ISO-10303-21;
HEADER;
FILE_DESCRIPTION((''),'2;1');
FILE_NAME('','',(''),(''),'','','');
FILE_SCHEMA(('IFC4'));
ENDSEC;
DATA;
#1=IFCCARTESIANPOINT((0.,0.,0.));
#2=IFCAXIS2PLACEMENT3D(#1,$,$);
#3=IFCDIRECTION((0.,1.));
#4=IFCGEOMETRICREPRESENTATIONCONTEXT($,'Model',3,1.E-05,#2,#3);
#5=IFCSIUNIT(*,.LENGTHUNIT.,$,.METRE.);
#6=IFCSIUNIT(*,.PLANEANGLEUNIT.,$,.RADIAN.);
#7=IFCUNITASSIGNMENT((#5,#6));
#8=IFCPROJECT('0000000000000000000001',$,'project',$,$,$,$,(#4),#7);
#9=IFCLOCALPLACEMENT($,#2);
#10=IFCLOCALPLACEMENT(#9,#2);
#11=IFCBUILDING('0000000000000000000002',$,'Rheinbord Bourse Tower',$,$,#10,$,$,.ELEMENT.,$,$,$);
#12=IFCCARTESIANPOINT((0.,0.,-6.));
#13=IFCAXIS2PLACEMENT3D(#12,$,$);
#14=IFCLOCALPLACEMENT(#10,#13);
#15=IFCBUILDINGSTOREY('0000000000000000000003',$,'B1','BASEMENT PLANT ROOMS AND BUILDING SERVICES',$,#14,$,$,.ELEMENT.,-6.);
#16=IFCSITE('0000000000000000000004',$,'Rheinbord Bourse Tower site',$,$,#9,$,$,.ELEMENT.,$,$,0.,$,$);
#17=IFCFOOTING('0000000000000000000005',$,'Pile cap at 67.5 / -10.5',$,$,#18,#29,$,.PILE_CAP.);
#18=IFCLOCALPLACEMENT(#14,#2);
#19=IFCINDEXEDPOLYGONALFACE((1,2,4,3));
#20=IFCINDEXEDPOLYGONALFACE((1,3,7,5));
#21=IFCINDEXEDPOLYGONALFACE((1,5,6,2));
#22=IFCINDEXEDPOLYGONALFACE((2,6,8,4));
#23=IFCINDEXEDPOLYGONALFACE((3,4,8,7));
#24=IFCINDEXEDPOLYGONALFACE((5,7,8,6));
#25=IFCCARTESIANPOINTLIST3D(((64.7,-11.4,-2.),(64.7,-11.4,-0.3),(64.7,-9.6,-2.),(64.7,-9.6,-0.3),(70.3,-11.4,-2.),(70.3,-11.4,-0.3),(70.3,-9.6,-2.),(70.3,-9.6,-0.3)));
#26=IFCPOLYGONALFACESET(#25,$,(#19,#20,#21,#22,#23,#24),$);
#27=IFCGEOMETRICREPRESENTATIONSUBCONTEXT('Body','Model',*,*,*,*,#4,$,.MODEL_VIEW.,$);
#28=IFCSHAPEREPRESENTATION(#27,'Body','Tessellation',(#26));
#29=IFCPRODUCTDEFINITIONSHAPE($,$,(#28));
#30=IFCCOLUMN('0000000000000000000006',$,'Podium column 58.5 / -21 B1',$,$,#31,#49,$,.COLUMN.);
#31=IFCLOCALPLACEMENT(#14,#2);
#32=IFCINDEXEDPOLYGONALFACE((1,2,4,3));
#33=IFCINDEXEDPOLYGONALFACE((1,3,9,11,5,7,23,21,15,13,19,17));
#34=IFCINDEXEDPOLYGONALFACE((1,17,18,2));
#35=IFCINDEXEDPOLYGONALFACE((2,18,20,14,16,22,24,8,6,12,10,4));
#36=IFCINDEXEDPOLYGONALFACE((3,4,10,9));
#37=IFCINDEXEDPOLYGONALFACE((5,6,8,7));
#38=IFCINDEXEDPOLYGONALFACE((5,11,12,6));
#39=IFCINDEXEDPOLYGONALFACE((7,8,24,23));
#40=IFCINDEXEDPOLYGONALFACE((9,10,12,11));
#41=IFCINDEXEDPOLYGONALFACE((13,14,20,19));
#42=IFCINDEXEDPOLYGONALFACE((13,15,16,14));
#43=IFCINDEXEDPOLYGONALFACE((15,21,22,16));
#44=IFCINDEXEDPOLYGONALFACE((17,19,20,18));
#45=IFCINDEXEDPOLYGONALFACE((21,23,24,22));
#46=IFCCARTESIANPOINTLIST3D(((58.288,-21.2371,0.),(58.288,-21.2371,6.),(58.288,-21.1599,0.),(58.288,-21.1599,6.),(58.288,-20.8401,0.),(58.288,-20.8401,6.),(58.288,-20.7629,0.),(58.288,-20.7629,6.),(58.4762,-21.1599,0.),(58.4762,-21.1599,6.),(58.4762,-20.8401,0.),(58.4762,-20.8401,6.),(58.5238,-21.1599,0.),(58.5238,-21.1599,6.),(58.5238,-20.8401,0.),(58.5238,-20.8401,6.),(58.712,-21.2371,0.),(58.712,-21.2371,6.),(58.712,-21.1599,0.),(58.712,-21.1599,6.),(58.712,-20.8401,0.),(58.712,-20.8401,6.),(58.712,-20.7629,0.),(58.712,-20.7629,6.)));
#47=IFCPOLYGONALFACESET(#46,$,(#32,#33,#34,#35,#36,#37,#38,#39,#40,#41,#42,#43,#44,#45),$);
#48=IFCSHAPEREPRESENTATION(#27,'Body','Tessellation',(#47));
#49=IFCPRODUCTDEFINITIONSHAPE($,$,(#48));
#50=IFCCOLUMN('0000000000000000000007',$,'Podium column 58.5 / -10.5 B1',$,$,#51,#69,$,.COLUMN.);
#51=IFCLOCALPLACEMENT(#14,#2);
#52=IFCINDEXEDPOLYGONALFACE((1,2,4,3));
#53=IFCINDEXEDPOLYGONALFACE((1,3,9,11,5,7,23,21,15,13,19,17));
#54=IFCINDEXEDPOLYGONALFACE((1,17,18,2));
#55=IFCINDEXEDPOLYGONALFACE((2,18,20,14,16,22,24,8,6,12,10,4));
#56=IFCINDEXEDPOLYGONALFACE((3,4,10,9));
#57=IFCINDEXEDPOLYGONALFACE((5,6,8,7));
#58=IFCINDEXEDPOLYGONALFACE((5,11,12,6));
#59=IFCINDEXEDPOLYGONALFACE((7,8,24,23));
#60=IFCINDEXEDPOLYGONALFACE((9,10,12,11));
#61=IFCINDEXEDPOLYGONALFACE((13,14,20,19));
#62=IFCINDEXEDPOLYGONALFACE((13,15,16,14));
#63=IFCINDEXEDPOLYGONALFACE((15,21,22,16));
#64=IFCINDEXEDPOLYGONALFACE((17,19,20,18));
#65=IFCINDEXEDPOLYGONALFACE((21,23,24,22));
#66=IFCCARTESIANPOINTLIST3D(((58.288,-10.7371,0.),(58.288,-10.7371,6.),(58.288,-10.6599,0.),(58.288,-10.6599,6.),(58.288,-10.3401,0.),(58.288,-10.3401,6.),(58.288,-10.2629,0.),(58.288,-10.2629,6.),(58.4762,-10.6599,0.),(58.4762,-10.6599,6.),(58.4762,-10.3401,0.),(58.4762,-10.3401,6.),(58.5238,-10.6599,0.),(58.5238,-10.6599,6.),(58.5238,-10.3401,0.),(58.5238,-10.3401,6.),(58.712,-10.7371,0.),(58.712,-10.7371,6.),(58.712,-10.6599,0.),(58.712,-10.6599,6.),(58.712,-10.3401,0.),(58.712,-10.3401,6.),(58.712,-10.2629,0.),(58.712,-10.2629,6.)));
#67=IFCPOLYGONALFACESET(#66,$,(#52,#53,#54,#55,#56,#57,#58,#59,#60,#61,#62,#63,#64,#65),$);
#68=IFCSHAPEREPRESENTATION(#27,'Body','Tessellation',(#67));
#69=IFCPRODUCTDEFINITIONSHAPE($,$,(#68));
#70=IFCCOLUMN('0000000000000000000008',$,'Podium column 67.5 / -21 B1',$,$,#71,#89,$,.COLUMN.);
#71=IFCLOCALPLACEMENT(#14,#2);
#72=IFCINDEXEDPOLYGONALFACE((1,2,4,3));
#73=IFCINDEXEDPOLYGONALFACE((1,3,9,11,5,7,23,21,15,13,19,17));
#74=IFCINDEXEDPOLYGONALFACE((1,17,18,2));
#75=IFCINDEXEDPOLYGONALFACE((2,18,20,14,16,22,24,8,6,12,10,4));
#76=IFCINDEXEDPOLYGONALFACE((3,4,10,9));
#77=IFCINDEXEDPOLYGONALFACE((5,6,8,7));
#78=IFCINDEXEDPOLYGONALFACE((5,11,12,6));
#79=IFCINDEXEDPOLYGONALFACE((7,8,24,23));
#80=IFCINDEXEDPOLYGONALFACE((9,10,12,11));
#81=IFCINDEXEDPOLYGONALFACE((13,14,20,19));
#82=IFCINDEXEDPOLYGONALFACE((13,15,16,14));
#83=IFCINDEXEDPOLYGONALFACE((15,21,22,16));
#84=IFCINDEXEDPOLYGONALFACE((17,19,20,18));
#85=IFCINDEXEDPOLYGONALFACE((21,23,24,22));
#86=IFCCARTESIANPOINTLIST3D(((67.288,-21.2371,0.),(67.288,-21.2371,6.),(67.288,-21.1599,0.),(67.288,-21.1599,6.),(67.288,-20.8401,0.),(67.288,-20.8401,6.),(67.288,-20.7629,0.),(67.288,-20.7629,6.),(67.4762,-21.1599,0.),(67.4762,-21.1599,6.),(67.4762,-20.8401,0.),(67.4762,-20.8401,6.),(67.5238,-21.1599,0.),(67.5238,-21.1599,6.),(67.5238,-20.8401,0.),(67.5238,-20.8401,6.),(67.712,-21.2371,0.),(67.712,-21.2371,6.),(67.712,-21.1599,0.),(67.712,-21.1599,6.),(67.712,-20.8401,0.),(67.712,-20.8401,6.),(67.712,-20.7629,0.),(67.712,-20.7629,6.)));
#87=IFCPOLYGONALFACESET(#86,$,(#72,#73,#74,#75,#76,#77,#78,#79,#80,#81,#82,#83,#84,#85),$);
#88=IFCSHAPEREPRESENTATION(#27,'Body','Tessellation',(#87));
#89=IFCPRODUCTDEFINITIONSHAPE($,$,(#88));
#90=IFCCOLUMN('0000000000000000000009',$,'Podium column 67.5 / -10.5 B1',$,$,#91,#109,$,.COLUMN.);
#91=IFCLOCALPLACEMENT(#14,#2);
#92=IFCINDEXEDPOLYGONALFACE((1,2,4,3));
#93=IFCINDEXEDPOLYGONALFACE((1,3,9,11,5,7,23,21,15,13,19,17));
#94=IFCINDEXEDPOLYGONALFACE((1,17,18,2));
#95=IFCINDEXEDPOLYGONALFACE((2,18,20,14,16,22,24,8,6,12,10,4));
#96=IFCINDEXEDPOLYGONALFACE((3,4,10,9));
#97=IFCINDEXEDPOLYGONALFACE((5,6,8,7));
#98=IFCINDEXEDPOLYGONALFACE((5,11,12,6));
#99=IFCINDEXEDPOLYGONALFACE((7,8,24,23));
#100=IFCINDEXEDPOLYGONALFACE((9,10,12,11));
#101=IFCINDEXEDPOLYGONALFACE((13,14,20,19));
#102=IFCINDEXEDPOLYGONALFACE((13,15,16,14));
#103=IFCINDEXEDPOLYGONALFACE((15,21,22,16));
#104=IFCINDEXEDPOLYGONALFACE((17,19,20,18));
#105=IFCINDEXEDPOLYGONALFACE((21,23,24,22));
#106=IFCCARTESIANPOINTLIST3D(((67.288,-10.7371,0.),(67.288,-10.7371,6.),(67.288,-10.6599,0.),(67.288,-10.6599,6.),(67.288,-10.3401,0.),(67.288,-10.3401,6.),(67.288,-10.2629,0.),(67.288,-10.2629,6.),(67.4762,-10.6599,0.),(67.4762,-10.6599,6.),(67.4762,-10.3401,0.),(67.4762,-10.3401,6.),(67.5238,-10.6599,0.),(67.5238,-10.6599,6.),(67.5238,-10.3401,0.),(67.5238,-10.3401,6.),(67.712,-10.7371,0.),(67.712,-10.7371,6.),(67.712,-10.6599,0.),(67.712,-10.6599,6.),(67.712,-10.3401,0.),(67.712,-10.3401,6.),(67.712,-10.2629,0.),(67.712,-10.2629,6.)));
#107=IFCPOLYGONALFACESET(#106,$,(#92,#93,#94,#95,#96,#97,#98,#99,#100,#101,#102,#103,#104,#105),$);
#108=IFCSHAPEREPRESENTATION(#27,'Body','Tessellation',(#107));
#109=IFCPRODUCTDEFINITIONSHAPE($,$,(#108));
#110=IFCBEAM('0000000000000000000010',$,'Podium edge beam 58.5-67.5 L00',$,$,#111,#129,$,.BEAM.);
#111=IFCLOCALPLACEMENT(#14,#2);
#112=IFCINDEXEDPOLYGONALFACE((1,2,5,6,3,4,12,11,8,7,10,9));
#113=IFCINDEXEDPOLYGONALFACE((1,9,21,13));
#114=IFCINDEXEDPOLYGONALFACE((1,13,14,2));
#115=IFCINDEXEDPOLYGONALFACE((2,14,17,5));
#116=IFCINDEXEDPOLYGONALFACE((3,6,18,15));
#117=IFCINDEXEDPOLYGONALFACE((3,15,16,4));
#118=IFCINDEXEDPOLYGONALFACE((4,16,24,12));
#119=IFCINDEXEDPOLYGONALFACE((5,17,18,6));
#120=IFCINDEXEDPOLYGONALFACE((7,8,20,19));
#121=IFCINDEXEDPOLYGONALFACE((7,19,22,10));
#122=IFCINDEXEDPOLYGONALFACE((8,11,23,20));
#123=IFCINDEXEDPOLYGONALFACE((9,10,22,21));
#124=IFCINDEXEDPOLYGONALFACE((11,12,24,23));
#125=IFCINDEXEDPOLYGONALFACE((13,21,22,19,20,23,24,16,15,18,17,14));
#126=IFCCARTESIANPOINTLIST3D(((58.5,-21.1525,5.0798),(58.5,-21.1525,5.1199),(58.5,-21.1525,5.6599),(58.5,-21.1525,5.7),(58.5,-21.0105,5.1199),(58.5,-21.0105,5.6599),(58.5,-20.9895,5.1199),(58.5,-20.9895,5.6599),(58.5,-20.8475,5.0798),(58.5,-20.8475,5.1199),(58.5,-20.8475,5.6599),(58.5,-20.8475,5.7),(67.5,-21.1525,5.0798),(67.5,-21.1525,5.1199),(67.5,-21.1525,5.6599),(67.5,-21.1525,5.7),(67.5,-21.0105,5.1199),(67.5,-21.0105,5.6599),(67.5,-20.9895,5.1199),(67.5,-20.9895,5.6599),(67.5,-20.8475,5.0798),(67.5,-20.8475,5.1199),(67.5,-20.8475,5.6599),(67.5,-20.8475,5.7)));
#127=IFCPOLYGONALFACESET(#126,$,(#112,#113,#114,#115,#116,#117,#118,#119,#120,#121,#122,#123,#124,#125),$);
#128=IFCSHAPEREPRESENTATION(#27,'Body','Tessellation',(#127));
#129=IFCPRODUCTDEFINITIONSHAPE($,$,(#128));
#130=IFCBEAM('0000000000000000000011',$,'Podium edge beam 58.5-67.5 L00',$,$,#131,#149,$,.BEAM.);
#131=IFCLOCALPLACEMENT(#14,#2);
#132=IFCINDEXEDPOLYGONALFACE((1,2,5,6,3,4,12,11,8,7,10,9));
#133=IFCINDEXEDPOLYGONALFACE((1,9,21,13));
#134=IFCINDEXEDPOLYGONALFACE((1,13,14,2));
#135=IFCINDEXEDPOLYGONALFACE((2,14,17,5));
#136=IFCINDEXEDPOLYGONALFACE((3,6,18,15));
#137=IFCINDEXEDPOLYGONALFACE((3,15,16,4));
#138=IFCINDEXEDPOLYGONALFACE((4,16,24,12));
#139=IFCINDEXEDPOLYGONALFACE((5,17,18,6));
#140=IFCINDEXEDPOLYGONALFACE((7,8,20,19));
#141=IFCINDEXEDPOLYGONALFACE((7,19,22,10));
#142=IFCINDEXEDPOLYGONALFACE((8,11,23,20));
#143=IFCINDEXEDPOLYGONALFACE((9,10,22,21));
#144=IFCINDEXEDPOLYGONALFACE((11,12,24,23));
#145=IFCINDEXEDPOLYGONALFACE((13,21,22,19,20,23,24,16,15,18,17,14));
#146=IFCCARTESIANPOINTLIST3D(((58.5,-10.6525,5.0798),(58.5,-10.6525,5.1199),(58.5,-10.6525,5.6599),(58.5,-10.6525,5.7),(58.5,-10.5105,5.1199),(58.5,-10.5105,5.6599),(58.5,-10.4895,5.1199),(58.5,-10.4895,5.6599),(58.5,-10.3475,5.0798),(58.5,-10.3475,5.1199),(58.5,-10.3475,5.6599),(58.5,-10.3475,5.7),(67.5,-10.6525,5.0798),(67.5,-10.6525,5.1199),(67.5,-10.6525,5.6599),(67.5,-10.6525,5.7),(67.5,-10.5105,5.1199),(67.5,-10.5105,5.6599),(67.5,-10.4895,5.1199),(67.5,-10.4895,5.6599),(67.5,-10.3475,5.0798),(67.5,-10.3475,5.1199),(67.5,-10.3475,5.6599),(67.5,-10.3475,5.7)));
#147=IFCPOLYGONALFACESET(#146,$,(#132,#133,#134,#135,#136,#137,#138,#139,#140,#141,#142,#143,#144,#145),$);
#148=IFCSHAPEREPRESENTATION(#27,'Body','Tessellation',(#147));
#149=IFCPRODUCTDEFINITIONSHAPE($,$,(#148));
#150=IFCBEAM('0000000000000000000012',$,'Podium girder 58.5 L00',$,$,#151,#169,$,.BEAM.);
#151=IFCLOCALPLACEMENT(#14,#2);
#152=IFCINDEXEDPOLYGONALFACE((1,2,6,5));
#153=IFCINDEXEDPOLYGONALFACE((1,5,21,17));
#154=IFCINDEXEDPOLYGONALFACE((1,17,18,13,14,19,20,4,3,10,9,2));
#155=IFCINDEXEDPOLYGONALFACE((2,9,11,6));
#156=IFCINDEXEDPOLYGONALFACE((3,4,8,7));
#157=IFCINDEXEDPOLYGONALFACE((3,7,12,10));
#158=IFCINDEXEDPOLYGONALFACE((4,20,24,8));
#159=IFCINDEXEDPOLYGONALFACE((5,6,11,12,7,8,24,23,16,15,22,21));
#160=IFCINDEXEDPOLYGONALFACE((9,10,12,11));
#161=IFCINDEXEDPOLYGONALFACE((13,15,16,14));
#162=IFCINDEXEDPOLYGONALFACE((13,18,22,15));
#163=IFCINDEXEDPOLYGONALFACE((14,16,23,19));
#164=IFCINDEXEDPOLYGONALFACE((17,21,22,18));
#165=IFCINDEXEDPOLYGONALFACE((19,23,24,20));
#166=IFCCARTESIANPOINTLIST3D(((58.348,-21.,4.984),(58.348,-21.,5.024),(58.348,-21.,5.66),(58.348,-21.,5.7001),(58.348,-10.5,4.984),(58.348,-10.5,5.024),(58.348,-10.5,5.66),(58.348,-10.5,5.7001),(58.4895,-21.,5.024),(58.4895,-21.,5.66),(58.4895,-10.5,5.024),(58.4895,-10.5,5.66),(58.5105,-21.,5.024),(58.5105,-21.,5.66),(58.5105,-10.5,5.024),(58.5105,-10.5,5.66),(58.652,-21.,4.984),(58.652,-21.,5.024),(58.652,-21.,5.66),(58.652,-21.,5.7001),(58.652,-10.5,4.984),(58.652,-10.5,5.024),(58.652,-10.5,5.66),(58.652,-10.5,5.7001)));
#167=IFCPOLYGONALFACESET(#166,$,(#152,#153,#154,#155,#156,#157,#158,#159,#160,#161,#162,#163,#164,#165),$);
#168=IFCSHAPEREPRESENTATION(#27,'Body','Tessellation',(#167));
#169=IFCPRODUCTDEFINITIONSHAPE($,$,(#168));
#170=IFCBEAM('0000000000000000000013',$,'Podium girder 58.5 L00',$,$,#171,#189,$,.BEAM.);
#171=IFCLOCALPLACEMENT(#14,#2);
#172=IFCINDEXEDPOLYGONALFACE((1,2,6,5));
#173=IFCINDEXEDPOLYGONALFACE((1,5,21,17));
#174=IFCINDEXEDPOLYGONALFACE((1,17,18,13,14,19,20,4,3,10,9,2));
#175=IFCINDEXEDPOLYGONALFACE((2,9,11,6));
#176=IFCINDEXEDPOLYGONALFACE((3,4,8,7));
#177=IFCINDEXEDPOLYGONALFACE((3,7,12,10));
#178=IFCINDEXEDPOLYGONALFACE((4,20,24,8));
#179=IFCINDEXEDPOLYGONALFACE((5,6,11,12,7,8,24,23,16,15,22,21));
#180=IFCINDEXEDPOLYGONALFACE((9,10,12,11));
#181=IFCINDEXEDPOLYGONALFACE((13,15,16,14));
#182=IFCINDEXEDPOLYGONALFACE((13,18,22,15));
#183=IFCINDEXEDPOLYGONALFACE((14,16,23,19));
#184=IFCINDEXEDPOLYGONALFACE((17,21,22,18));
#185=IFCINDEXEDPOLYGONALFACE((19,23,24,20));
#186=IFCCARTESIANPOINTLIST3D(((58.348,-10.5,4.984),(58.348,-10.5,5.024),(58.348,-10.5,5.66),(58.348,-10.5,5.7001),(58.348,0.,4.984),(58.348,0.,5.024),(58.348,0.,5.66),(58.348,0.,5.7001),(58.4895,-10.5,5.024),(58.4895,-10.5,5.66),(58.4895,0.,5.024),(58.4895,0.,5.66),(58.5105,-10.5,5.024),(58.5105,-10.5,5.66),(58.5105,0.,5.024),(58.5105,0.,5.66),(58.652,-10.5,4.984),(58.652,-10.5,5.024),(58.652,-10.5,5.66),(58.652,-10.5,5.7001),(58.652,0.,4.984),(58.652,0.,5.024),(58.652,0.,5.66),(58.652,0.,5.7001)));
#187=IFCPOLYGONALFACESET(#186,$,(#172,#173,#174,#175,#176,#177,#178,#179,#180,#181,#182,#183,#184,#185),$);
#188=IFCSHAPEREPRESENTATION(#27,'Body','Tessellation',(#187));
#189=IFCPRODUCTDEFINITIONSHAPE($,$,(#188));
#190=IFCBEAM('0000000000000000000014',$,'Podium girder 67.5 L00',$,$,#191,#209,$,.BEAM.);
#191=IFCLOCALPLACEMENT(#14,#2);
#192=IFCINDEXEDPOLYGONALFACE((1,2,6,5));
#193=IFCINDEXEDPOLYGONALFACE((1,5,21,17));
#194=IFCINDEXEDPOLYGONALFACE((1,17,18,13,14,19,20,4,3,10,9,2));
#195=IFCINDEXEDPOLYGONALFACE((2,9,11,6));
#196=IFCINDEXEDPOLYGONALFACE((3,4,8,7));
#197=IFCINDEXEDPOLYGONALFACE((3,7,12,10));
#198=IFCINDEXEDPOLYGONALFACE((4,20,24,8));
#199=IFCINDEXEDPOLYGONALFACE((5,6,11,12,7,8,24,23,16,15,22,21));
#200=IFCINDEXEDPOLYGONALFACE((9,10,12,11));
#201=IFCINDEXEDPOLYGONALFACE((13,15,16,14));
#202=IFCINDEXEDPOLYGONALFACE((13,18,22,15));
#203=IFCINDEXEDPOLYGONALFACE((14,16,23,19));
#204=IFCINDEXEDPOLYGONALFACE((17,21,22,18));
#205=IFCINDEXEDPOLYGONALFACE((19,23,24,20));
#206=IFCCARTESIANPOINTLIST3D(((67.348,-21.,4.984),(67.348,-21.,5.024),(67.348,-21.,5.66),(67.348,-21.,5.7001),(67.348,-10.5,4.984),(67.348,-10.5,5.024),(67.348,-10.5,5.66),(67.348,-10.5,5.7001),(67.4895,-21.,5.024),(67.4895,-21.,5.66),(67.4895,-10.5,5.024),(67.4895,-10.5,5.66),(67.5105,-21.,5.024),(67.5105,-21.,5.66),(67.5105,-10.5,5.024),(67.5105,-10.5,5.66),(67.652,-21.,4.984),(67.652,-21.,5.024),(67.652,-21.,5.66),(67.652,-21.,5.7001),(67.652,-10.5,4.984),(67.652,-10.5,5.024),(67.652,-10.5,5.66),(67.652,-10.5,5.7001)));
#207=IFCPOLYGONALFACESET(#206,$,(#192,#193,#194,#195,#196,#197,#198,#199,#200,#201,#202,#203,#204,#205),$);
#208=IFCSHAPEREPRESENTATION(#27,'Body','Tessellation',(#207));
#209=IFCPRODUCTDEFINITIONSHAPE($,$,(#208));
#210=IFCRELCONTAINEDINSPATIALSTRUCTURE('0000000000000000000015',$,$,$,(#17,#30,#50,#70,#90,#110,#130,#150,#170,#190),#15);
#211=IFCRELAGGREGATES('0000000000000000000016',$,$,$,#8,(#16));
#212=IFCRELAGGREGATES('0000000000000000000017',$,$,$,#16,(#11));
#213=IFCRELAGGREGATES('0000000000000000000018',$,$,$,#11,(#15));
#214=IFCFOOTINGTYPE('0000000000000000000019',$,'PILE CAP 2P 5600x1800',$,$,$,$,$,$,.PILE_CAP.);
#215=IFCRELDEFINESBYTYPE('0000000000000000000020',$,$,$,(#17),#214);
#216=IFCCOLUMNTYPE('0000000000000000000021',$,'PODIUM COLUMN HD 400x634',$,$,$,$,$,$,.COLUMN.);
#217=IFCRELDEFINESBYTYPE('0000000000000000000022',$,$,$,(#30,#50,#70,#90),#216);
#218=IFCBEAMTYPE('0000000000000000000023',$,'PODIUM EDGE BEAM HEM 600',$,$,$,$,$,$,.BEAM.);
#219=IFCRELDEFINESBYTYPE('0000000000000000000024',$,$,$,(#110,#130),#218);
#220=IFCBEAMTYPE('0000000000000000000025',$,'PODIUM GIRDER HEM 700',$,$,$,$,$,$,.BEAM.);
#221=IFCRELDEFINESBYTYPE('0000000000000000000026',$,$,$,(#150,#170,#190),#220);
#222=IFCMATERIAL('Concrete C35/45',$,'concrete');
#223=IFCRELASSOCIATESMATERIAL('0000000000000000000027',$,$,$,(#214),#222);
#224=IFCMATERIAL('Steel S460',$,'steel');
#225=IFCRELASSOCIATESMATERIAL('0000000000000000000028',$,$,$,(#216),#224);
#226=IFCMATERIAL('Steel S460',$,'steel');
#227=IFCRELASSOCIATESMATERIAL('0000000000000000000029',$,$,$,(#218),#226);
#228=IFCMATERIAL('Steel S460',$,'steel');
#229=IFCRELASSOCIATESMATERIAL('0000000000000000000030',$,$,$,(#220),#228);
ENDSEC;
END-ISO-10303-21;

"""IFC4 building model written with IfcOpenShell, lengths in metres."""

from ifc_helpers import new_model, si_unit, direction, frame, origin, origin_2d, place, context, subcontext, project, spatial, rectangle, i_section, extrude, material, material_profile, profile_set, type_object, element, save


model = new_model("IFC4")

# Units and contexts
model_context = context("Model", 3, precision=1e-05, world=origin(), true_north=direction((0.0, 1.0)))
body_context = subcontext(model_context, "Body", "Model", "MODEL_VIEW")
ifc_project = project(units=[si_unit("LENGTHUNIT", "METRE"), si_unit("PLANEANGLEUNIT", "RADIAN")], contexts=[model_context])

# Site, building, storey
site_placement = place(None, origin())
site = spatial("IfcSite", under=ifc_project, at=site_placement, Name="Rheinbord Bourse Tower site", CompositionType="ELEMENT", RefElevation=0.0)
building_placement = place(site_placement, origin())
building = spatial("IfcBuilding", under=site, at=building_placement, Name="Rheinbord Bourse Tower", CompositionType="ELEMENT")
storey_placement = place(building_placement, frame((0.0, 0.0, -6.0)))
storey = spatial("IfcBuildingStorey", under=building, at=storey_placement, Name="B1", Description="BASEMENT PLANT ROOMS AND BUILDING SERVICES", CompositionType="ELEMENT", Elevation=-6.0)

# Footing
ifc_material_1 = material(Name="Concrete C35/45", Category="concrete")
footing_type = type_object("IfcFootingType", Name="PILE CAP 2P 5600x1800", PredefinedType="PILE_CAP", material=ifc_material_1)
for number, where, z_axis, x_axis, name in (
    (1, (67.5, -10.5, -2.0), (0.0, 0.0, 1.0), (1.0, 0.0, 0.0), "Pile cap at 67.5 / -10.5"),
):
    element("IfcFooting", number, at=place(storey_placement, frame(where, z_axis=z_axis, x_axis=x_axis)), inside=storey, type_object=footing_type, Name=name, PredefinedType="PILE_CAP", context=body_context, shape_type="SweptSolid", body=[
        extrude(rectangle(XDim=5.6001, YDim=1.8, at=origin_2d()), origin(), (0.0, 0.0, 1.0), 1.7),
    ])

# Columns
ifc_material_2 = material(Name="Steel S460", Category="steel")
ifc_material_profile_1 = material_profile(ifc_material_2, i_section(OverallWidth=0.4241, OverallDepth=0.4741, WebThickness=0.0476, FlangeThickness=0.0771, at=origin_2d()), Name="HD 400x634")
ifc_profile_set_1 = profile_set([ifc_material_profile_1], Name="Steel S460")
column_type = type_object("IfcColumnType", Name="PODIUM COLUMN HD 400x634", PredefinedType="COLUMN", material=ifc_profile_set_1)
for number, where, z_axis, x_axis, name in (
    (2, (58.5, -21.0, 0.0), (0.0, 0.0, 1.0), (1.0, 0.0, 0.0), "Podium column 58.5 / -21 B1"),
    (3, (58.5, -10.5, 0.0), (0.0, 0.0, 1.0), (1.0, 0.0, 0.0), "Podium column 58.5 / -10.5 B1"),
    (4, (67.5, -21.0, 0.0), (0.0, 0.0, 1.0), (1.0, 0.0, 0.0), "Podium column 67.5 / -21 B1"),
    (5, (67.5, -10.5, 0.0), (0.0, 0.0, 1.0), (1.0, 0.0, 0.0), "Podium column 67.5 / -10.5 B1"),
):
    element("IfcColumn", number, at=place(storey_placement, frame(where, z_axis=z_axis, x_axis=x_axis)), inside=storey, type_object=column_type, Name=name, PredefinedType="COLUMN", context=body_context, shape_type="SweptSolid", body=[
        extrude(i_section(OverallWidth=0.4241, OverallDepth=0.4741, WebThickness=0.0476, FlangeThickness=0.0771, at=origin_2d()), origin(), (0.0, 0.0, 1.0), 6.0),
    ])

# Beams
ifc_material_3 = material(Name="Steel S460", Category="steel")
ifc_material_profile_2 = material_profile(ifc_material_3, i_section(OverallWidth=0.3049, OverallDepth=0.6201, WebThickness=0.021, FlangeThickness=0.04, at=origin_2d()), Name="HEM 600")
ifc_profile_set_2 = profile_set([ifc_material_profile_2], Name="Steel S460")
beam_type_1 = type_object("IfcBeamType", Name="PODIUM EDGE BEAM HEM 600", PredefinedType="BEAM", material=ifc_profile_set_2)
for number, where, z_axis, x_axis, name in (
    (6, (58.5, -21.0, 5.3899), (1.0, 0.0, 0.0), (0.0, 1.0, 0.0), "Podium edge beam 58.5-67.5 L00"),
    (7, (58.5, -10.5, 5.3899), (1.0, 0.0, 0.0), (0.0, 1.0, 0.0), "Podium edge beam 58.5-67.5 L00"),
):
    element("IfcBeam", number, at=place(storey_placement, frame(where, z_axis=z_axis, x_axis=x_axis)), inside=storey, type_object=beam_type_1, Name=name, PredefinedType="BEAM", context=body_context, shape_type="SweptSolid", body=[
        extrude(i_section(OverallWidth=0.3049, OverallDepth=0.6201, WebThickness=0.021, FlangeThickness=0.04, at=origin_2d()), origin(), (0.0, 0.0, 1.0), 9.0),
    ])
ifc_material_4 = material(Name="Steel S460", Category="steel")
ifc_material_profile_3 = material_profile(ifc_material_4, i_section(OverallWidth=0.304, OverallDepth=0.7161, WebThickness=0.021, FlangeThickness=0.04, at=origin_2d()), Name="HEM 700")
ifc_profile_set_3 = profile_set([ifc_material_profile_3], Name="Steel S460")
beam_type_2 = type_object("IfcBeamType", Name="PODIUM GIRDER HEM 700", PredefinedType="BEAM", material=ifc_profile_set_3)
for number, where, z_axis, x_axis, name in (
    (8, (58.5, -21.0, 5.342), (0.0, 1.0, 0.0), (-1.0, 0.0, 0.0), "Podium girder 58.5 L00"),
    (9, (58.5, -10.5, 5.342), (0.0, 1.0, 0.0), (-1.0, 0.0, 0.0), "Podium girder 58.5 L00"),
    (10, (67.5, -21.0, 5.342), (0.0, 1.0, 0.0), (-1.0, 0.0, 0.0), "Podium girder 67.5 L00"),
):
    element("IfcBeam", number, at=place(storey_placement, frame(where, z_axis=z_axis, x_axis=x_axis)), inside=storey, type_object=beam_type_2, Name=name, PredefinedType="BEAM", context=body_context, shape_type="SweptSolid", body=[
        extrude(i_section(OverallWidth=0.304, OverallDepth=0.7161, WebThickness=0.021, FlangeThickness=0.04, at=origin_2d()), origin(), (0.0, 0.0, 1.0), 10.5),
    ])

save(model, "model.ifc")
